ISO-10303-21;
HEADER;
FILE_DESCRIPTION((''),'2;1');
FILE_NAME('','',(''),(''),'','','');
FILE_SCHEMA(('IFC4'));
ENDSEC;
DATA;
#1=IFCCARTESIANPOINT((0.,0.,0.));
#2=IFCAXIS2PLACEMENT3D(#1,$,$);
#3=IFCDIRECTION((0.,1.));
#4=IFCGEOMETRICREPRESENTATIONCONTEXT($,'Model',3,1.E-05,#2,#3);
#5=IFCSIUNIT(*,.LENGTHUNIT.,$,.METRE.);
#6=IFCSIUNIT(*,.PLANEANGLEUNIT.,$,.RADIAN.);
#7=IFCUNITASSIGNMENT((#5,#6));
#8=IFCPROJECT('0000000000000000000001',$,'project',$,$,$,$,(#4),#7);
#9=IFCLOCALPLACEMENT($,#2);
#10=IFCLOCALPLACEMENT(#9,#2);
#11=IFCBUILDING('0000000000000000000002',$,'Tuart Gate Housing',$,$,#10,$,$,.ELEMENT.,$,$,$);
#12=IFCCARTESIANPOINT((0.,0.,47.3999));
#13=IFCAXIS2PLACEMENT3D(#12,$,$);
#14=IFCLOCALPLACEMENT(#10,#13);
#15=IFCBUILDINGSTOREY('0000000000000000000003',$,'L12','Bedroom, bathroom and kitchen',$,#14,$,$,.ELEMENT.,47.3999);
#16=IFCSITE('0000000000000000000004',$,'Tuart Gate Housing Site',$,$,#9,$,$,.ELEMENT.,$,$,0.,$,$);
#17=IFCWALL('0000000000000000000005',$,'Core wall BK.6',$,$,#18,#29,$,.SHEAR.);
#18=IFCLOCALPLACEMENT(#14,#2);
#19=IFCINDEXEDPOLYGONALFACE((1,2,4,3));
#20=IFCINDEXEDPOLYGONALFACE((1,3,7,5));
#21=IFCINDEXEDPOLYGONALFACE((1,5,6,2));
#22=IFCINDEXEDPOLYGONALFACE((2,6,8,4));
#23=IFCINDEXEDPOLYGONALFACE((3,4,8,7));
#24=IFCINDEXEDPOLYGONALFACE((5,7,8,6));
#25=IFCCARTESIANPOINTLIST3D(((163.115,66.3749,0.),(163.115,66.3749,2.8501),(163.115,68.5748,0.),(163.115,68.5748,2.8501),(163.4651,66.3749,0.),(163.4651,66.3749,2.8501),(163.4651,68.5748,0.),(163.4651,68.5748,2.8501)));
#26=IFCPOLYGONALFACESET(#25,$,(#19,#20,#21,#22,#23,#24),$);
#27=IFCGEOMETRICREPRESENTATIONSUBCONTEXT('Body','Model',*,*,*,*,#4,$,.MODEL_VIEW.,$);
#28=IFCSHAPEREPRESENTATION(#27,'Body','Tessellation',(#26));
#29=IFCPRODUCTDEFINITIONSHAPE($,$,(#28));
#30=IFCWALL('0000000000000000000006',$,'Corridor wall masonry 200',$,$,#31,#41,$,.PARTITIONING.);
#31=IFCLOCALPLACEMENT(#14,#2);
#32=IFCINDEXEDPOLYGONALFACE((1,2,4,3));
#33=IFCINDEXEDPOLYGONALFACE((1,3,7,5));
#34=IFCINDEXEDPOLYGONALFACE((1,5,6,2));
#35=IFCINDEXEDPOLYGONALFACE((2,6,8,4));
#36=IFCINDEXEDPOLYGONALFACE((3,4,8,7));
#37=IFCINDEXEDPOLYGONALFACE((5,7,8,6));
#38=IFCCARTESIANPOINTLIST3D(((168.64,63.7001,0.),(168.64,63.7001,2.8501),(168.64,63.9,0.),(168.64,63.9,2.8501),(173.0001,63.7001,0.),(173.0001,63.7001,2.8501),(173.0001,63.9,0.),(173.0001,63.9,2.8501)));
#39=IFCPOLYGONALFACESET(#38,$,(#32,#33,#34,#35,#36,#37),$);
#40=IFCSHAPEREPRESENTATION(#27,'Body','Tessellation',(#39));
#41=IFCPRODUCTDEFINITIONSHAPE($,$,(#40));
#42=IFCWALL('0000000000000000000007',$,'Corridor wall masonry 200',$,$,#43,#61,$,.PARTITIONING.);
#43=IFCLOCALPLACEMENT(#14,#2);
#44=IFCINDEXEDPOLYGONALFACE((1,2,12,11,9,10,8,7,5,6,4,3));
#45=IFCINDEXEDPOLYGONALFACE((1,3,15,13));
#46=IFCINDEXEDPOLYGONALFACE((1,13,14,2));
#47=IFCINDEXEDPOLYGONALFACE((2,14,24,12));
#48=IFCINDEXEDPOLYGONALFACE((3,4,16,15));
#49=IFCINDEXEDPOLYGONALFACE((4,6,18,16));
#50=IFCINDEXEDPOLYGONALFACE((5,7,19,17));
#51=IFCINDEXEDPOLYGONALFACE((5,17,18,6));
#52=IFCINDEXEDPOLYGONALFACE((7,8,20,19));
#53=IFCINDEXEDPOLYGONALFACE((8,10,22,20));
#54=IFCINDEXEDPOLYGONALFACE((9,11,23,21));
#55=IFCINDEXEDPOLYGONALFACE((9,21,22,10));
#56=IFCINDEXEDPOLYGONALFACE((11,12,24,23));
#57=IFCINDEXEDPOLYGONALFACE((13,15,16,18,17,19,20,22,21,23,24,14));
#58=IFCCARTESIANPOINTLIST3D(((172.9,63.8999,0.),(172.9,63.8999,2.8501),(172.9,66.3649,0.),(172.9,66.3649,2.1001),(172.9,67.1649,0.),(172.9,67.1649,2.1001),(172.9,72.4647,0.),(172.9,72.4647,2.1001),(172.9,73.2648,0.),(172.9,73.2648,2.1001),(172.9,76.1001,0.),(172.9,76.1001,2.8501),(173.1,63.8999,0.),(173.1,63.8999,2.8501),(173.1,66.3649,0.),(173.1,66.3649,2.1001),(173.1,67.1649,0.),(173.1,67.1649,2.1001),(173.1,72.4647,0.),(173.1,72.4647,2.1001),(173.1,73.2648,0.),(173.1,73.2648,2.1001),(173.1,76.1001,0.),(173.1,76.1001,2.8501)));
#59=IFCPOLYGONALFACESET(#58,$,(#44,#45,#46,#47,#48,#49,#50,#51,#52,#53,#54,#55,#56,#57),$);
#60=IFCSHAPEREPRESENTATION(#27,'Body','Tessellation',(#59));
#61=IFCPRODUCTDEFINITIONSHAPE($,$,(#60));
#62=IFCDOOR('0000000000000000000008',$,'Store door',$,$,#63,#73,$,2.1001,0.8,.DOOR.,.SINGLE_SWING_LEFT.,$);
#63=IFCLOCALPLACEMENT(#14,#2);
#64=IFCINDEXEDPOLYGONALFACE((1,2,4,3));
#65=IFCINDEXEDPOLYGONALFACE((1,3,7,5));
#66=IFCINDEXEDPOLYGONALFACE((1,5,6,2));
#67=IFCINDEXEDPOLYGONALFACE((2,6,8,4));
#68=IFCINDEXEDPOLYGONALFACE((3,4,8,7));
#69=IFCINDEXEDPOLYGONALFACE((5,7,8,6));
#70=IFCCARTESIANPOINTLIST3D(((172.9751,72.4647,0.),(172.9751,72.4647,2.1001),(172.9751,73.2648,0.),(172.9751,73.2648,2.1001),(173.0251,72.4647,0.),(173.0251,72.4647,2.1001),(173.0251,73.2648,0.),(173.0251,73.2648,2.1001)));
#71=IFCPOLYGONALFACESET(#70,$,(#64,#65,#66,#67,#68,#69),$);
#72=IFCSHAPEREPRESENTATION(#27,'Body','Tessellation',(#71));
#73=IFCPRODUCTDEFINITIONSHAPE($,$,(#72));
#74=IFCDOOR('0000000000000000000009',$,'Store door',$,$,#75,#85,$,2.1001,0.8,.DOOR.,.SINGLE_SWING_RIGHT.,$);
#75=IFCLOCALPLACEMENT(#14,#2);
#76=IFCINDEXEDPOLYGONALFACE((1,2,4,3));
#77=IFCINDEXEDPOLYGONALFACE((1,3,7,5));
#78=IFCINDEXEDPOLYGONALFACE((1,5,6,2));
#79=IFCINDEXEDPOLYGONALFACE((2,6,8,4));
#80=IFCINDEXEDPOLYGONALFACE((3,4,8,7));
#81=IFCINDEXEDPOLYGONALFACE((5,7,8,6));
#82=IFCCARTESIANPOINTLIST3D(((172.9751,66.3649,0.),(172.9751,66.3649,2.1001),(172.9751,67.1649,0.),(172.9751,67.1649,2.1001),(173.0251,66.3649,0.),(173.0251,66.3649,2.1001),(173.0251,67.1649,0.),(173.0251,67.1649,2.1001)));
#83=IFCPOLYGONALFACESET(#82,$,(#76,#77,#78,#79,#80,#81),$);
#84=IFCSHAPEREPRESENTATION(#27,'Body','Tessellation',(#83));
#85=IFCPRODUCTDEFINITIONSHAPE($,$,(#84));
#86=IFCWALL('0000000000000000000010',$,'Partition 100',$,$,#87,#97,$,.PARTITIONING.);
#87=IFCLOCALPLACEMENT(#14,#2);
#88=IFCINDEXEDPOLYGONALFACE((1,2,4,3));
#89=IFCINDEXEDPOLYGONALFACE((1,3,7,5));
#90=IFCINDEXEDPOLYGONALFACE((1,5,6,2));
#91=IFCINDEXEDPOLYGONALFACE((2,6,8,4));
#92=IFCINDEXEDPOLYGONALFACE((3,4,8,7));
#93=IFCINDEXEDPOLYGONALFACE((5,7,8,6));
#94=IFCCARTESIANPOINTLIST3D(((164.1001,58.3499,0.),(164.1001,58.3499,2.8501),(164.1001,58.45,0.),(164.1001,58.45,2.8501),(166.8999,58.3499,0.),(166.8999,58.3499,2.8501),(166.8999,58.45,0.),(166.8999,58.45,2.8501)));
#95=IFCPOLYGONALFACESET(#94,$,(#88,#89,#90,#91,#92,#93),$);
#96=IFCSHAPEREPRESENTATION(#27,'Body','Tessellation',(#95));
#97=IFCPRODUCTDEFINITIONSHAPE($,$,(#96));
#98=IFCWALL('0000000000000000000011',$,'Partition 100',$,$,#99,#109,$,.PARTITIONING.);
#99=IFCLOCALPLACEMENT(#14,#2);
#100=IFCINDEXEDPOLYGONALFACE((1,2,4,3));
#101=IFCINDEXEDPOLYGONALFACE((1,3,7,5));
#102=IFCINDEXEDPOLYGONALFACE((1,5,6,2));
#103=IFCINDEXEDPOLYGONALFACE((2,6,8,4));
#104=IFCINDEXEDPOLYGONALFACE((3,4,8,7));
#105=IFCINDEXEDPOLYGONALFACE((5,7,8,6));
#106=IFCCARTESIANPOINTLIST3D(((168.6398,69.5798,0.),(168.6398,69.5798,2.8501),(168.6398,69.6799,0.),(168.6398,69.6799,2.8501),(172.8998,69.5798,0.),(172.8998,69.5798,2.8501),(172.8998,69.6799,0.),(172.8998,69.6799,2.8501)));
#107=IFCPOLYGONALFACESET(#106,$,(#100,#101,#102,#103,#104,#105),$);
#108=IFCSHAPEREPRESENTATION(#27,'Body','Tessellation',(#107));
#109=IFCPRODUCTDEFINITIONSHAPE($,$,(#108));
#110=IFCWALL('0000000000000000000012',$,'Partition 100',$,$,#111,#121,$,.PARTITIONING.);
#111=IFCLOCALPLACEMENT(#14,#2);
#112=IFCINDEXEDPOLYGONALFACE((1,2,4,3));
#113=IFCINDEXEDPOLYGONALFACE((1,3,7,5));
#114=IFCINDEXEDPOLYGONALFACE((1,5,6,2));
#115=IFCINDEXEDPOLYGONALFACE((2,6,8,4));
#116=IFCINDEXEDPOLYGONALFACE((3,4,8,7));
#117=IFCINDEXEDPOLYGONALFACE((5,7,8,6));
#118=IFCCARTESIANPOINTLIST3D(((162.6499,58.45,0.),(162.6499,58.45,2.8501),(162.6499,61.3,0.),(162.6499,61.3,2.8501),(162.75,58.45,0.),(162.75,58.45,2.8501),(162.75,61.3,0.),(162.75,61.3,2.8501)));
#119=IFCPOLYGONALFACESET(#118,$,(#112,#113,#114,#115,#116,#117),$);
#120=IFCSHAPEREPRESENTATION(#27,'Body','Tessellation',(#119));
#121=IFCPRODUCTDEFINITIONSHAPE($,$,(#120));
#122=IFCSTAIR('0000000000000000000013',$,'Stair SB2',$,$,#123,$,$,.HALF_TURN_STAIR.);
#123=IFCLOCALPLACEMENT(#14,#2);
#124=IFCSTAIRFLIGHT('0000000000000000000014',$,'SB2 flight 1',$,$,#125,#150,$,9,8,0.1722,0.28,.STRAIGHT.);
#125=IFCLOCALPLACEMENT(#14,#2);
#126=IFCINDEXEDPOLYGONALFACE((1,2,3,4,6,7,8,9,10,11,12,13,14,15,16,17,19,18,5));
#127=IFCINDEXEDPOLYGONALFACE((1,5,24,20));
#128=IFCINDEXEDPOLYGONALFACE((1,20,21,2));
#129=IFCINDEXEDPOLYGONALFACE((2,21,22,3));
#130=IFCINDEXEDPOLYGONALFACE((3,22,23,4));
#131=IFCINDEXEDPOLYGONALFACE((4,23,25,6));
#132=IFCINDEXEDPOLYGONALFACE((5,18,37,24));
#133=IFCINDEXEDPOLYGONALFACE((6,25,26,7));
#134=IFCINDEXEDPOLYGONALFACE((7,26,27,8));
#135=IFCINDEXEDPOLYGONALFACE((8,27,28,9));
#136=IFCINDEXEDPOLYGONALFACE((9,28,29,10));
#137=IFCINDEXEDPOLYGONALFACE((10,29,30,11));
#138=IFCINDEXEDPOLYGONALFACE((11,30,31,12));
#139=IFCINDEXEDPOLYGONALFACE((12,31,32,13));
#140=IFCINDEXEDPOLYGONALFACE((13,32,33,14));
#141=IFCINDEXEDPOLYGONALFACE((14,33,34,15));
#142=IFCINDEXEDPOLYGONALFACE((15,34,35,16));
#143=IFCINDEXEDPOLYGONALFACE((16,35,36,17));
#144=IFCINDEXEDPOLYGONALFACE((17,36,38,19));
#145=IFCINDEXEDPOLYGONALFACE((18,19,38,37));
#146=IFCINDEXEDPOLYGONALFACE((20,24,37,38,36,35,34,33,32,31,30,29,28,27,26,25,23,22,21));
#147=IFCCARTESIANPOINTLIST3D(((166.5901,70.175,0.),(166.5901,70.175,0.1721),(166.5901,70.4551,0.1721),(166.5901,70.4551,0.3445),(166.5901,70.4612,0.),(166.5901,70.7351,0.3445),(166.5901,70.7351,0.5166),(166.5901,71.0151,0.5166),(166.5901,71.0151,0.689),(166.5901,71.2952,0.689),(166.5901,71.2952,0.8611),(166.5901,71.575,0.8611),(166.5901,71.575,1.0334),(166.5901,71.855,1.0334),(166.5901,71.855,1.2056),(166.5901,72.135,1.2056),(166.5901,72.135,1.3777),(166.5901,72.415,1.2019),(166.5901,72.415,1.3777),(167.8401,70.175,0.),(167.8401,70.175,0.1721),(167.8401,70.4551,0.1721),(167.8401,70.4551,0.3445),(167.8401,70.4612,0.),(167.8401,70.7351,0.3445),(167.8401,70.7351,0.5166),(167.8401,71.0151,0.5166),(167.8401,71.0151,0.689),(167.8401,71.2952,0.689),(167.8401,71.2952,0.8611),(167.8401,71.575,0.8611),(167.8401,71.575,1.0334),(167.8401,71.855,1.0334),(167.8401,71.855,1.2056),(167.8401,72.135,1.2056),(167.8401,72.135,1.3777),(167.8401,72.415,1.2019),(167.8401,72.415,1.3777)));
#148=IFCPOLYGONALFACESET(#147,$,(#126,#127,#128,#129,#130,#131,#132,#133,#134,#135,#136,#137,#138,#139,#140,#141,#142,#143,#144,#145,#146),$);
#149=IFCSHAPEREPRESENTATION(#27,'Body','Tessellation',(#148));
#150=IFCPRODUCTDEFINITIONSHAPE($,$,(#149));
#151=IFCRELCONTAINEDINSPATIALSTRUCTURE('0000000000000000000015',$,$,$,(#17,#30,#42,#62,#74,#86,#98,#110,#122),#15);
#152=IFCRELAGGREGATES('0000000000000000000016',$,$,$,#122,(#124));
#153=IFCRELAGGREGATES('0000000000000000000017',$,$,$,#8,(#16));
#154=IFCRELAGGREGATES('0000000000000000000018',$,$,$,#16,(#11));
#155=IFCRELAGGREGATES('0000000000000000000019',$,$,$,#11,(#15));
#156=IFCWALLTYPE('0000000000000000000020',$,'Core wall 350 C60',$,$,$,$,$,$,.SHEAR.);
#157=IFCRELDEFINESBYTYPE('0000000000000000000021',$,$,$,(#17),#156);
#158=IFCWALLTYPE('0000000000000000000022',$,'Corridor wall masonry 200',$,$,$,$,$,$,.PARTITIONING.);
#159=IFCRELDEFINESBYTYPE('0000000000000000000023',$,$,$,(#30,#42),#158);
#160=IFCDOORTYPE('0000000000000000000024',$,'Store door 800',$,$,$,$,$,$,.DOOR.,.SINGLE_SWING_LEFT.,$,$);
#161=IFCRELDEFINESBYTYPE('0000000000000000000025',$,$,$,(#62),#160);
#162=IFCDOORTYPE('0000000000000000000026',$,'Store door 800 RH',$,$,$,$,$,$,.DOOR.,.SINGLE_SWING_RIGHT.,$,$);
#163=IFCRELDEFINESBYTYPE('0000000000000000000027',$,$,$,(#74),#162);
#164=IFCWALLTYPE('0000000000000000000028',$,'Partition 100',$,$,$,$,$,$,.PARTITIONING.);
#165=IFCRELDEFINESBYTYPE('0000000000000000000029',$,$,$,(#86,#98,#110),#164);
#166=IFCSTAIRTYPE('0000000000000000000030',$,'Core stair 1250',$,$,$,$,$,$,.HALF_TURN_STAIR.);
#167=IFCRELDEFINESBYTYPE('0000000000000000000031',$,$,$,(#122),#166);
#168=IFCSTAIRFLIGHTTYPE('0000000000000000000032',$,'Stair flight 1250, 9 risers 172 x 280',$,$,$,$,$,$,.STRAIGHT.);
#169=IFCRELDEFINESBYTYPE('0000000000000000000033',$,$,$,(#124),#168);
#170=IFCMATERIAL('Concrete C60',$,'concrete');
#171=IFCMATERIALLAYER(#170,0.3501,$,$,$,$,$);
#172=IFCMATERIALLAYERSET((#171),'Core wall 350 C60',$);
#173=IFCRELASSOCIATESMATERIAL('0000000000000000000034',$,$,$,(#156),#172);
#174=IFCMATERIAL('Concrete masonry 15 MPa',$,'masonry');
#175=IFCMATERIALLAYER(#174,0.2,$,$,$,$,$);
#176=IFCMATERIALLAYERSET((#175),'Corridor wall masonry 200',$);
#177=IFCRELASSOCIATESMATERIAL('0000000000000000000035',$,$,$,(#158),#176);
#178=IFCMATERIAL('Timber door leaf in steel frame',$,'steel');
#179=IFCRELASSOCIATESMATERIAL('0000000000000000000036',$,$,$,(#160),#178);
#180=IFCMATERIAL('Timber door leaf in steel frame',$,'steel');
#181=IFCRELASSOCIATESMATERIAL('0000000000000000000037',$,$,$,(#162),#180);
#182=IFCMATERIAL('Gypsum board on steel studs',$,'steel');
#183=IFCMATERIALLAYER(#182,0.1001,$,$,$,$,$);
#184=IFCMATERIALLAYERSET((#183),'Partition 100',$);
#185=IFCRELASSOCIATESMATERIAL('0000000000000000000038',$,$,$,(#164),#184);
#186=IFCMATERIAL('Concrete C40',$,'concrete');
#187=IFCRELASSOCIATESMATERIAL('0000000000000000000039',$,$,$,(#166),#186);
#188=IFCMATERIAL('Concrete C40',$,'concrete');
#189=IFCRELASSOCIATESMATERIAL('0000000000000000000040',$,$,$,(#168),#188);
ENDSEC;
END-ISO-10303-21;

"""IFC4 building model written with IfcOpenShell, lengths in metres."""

from ifc_helpers import new_model, si_unit, direction, frame, frame_2d, origin, place, context, subcontext, project, spatial, polyline, rectangle, outline, extrude, material, layer, layer_set, type_object, element, fill, aggregate, save


model = new_model("IFC4")

# Units and contexts
model_context = context("Model", 3, precision=1e-05, world=origin(), true_north=direction((0.0, 1.0)))
body_context = subcontext(model_context, "Body", "Model", "MODEL_VIEW")
ifc_project = project(units=[si_unit("LENGTHUNIT", "METRE"), si_unit("PLANEANGLEUNIT", "RADIAN")], contexts=[model_context])

# Site, building, storey
site_placement = place(None, origin())
site = spatial("IfcSite", under=ifc_project, at=site_placement, Name="Tuart Gate Housing Site", CompositionType="ELEMENT", RefElevation=0.0)
building_placement = place(site_placement, origin())
building = spatial("IfcBuilding", under=site, at=building_placement, Name="Tuart Gate Housing", CompositionType="ELEMENT")
storey_placement = place(building_placement, frame((0.0, 0.0, 47.3999)))
storey = spatial("IfcBuildingStorey", under=building, at=storey_placement, Name="L12", Description="Bedroom, bathroom and kitchen", CompositionType="ELEMENT", Elevation=47.3999)

# Walls
ifc_material_1 = material(Name="Concrete C60", Category="concrete")
ifc_layer_1 = layer(ifc_material_1, 0.3501)
ifc_layer_set_1 = layer_set([ifc_layer_1], Name="Core wall 350 C60")
wall_type_1 = type_object("IfcWallType", Name="Core wall 350 C60", PredefinedType="SHEAR", material=ifc_layer_set_1)
wall_1_placement = place(storey_placement, frame((163.29, 68.575, 0.0), z_axis=(0.0, 0.0, 1.0), x_axis=(0.0, -1.0, 0.0)))
element("IfcWall", 1, at=wall_1_placement, inside=storey, type_object=wall_type_1, Name="Core wall BK.6", PredefinedType="SHEAR", context=body_context, shape_type="SweptSolid", body=[
    extrude(rectangle(XDim=2.2, YDim=0.3501, at=frame_2d((1.1001, 0.0))), origin(), (0.0, 0.0, 1.0), 2.8501),
])
ifc_material_2 = material(Name="Concrete masonry 15 MPa", Category="masonry")
ifc_layer_2 = layer(ifc_material_2, 0.2)
ifc_layer_set_2 = layer_set([ifc_layer_2], Name="Corridor wall masonry 200")
wall_type_2 = type_object("IfcWallType", Name="Corridor wall masonry 200", PredefinedType="PARTITIONING", material=ifc_layer_set_2)
wall_2_placement = place(storey_placement, frame((168.6399, 63.8, 0.0), z_axis=(0.0, 0.0, 1.0), x_axis=(1.0, 0.0, 0.0)))
element("IfcWall", 2, at=wall_2_placement, inside=storey, type_object=wall_type_2, Name="Corridor wall masonry 200", PredefinedType="PARTITIONING", context=body_context, shape_type="SweptSolid", body=[
    extrude(rectangle(XDim=4.3601, YDim=0.2, at=frame_2d((2.1802, 0.0))), origin(), (0.0, 0.0, 1.0), 2.8501),
])

# Wall, openings, doors
wall_3_placement = place(storey_placement, frame((173.0, 63.8999, 0.0), z_axis=(0.0, 0.0, 1.0), x_axis=(0.0, 1.0, 0.0)))
wall_3 = element("IfcWall", 3, at=wall_3_placement, inside=storey, type_object=wall_type_2, Name="Corridor wall masonry 200", PredefinedType="PARTITIONING", context=body_context, shape_type="SweptSolid", body=[
    extrude(rectangle(XDim=12.2002, YDim=0.2, at=frame_2d((6.1001, 0.0))), origin(), (0.0, 0.0, 1.0), 2.8501),
])
opening_1_placement = place(wall_3_placement, frame((2.4651, 0.0, 0.0)))
opening_1 = element("IfcOpeningElement", 4, at=opening_1_placement, cuts=wall_3, PredefinedType="OPENING", context=body_context, shape_type="SweptSolid", body=[
    extrude(rectangle(XDim=0.8, YDim=2.1001, at=frame_2d((0.3999, 1.05))), frame((0.0, 0.1099, 0.0), z_axis=(0.0, -1.0, 0.0), x_axis=(1.0, 0.0, 0.0)), (0.0, 0.0, 1.0), 0.22),
])
opening_2_placement = place(wall_3_placement, frame((8.5649, 0.0, 0.0)))
opening_2 = element("IfcOpeningElement", 5, at=opening_2_placement, cuts=wall_3, PredefinedType="OPENING", context=body_context, shape_type="SweptSolid", body=[
    extrude(rectangle(XDim=0.8, YDim=2.1001, at=frame_2d((0.3999, 1.05))), frame((0.0, 0.1099, 0.0), z_axis=(0.0, -1.0, 0.0), x_axis=(1.0, 0.0, 0.0)), (0.0, 0.0, 1.0), 0.22),
])
ifc_material_3 = material(Name="Timber door leaf in steel frame", Category="steel")
door_type_1 = type_object("IfcDoorType", Name="Store door 800", OperationType="SINGLE_SWING_LEFT", PredefinedType="DOOR", material=ifc_material_3)
door_1_placement = place(opening_2_placement, origin())
door_1 = element("IfcDoor", 6, at=door_1_placement, inside=storey, type_object=door_type_1, Name="Store door", OperationType="SINGLE_SWING_LEFT", OverallHeight=2.1001, OverallWidth=0.8, PredefinedType="DOOR", context=body_context, shape_type="SweptSolid", body=[
    extrude(rectangle(XDim=0.8, YDim=2.1001, at=frame_2d((0.3999, 1.05))), frame((0.0, 0.0249, 0.0), z_axis=(0.0, -1.0, 0.0), x_axis=(1.0, 0.0, 0.0)), (0.0, 0.0, 1.0), 0.05),
])
fill(opening_2, door_1)
ifc_material_4 = material(Name="Timber door leaf in steel frame", Category="steel")
door_type_2 = type_object("IfcDoorType", Name="Store door 800 RH", OperationType="SINGLE_SWING_RIGHT", PredefinedType="DOOR", material=ifc_material_4)
door_2_placement = place(opening_1_placement, origin())
door_2 = element("IfcDoor", 7, at=door_2_placement, inside=storey, type_object=door_type_2, Name="Store door", OperationType="SINGLE_SWING_RIGHT", OverallHeight=2.1001, OverallWidth=0.8, PredefinedType="DOOR", context=body_context, shape_type="SweptSolid", body=[
    extrude(rectangle(XDim=0.8, YDim=2.1001, at=frame_2d((0.3999, 1.05))), frame((0.0, 0.0249, 0.0), z_axis=(0.0, -1.0, 0.0), x_axis=(1.0, 0.0, 0.0)), (0.0, 0.0, 1.0), 0.05),
])
fill(opening_1, door_2)

# Walls
ifc_material_5 = material(Name="Gypsum board on steel studs", Category="steel")
ifc_layer_3 = layer(ifc_material_5, 0.1001)
ifc_layer_set_3 = layer_set([ifc_layer_3], Name="Partition 100")
wall_type_3 = type_object("IfcWallType", Name="Partition 100", PredefinedType="PARTITIONING", material=ifc_layer_set_3)
wall_4_placement = place(storey_placement, frame((164.1001, 58.3999, 0.0), z_axis=(0.0, 0.0, 1.0), x_axis=(1.0, 0.0, 0.0)))
element("IfcWall", 8, at=wall_4_placement, inside=storey, type_object=wall_type_3, Name="Partition 100", PredefinedType="PARTITIONING", context=body_context, shape_type="SweptSolid", body=[
    extrude(rectangle(XDim=2.7998, YDim=0.1001, at=frame_2d((1.3999, 0.0))), origin(), (0.0, 0.0, 1.0), 2.8501),
])
wall_5_placement = place(storey_placement, frame((168.6399, 69.6299, 0.0), z_axis=(0.0, 0.0, 1.0), x_axis=(1.0, 0.0, 0.0)))
element("IfcWall", 9, at=wall_5_placement, inside=storey, type_object=wall_type_3, Name="Partition 100", PredefinedType="PARTITIONING", context=body_context, shape_type="SweptSolid", body=[
    extrude(rectangle(XDim=4.26, YDim=0.1001, at=frame_2d((2.1299, 0.0))), origin(), (0.0, 0.0, 1.0), 2.8501),
])
wall_6_placement = place(storey_placement, frame((162.7, 58.45, 0.0), z_axis=(0.0, 0.0, 1.0), x_axis=(0.0, 1.0, 0.0)))
element("IfcWall", 10, at=wall_6_placement, inside=storey, type_object=wall_type_3, Name="Partition 100", PredefinedType="PARTITIONING", context=body_context, shape_type="SweptSolid", body=[
    extrude(rectangle(XDim=2.8501, YDim=0.1001, at=frame_2d((1.425, 0.0))), origin(), (0.0, 0.0, 1.0), 2.8501),
])

# Stair, stair flight
ifc_material_6 = material(Name="Concrete C40", Category="concrete")
stair_type = type_object("IfcStairType", Name="Core stair 1250", PredefinedType="HALF_TURN_STAIR", material=ifc_material_6)
stair_placement = place(storey_placement, origin())
stair = element("IfcStair", 11, at=stair_placement, inside=storey, type_object=stair_type, Name="Stair SB2", PredefinedType="HALF_TURN_STAIR")
ifc_material_7 = material(Name="Concrete C40", Category="concrete")
stair_flight_type = type_object("IfcStairFlightType", Name="Stair flight 1250, 9 risers 172 x 280", PredefinedType="STRAIGHT", material=ifc_material_7)
stair_flight_placement = place(storey_placement, frame((167.2151, 70.175, 0.0), z_axis=(0.0, 0.0, 1.0), x_axis=(0.0, 1.0, 0.0)))
stair_flight = element("IfcStairFlight", 12, at=stair_flight_placement, type_object=stair_flight_type, Name="SB2 flight 1", NumberOfRisers=9, NumberOfTreads=8, PredefinedType="STRAIGHT", RiserHeight=0.1722, TreadLength=0.28, context=body_context, shape_type="SweptSolid", body=[
    extrude(outline(polyline([(0.0, 0.0), (0.0, 0.1721), (0.28, 0.1721), (0.28, 0.3445), (0.5601, 0.3445), (0.5601, 0.5166), (0.8401, 0.5166), (0.8401, 0.689), (1.1201, 0.689), (1.1201, 0.8611), (1.3999, 0.8611), (1.3999, 1.0334), (1.6799, 1.0334), (1.6799, 1.2056), (1.96, 1.2056), (1.96, 1.3777), (2.24, 1.3777), (2.24, 1.55), (2.24, 1.2019), (0.2861, 0.0), (0.0, 0.0)])), frame((0.0, 0.625, 0.0), z_axis=(0.0, -1.0, 0.0), x_axis=(1.0, 0.0, 0.0)), (0.0, 0.0, 1.0), 1.25),
])
aggregate(stair, [stair_flight])

save(model, "model.ifc")
